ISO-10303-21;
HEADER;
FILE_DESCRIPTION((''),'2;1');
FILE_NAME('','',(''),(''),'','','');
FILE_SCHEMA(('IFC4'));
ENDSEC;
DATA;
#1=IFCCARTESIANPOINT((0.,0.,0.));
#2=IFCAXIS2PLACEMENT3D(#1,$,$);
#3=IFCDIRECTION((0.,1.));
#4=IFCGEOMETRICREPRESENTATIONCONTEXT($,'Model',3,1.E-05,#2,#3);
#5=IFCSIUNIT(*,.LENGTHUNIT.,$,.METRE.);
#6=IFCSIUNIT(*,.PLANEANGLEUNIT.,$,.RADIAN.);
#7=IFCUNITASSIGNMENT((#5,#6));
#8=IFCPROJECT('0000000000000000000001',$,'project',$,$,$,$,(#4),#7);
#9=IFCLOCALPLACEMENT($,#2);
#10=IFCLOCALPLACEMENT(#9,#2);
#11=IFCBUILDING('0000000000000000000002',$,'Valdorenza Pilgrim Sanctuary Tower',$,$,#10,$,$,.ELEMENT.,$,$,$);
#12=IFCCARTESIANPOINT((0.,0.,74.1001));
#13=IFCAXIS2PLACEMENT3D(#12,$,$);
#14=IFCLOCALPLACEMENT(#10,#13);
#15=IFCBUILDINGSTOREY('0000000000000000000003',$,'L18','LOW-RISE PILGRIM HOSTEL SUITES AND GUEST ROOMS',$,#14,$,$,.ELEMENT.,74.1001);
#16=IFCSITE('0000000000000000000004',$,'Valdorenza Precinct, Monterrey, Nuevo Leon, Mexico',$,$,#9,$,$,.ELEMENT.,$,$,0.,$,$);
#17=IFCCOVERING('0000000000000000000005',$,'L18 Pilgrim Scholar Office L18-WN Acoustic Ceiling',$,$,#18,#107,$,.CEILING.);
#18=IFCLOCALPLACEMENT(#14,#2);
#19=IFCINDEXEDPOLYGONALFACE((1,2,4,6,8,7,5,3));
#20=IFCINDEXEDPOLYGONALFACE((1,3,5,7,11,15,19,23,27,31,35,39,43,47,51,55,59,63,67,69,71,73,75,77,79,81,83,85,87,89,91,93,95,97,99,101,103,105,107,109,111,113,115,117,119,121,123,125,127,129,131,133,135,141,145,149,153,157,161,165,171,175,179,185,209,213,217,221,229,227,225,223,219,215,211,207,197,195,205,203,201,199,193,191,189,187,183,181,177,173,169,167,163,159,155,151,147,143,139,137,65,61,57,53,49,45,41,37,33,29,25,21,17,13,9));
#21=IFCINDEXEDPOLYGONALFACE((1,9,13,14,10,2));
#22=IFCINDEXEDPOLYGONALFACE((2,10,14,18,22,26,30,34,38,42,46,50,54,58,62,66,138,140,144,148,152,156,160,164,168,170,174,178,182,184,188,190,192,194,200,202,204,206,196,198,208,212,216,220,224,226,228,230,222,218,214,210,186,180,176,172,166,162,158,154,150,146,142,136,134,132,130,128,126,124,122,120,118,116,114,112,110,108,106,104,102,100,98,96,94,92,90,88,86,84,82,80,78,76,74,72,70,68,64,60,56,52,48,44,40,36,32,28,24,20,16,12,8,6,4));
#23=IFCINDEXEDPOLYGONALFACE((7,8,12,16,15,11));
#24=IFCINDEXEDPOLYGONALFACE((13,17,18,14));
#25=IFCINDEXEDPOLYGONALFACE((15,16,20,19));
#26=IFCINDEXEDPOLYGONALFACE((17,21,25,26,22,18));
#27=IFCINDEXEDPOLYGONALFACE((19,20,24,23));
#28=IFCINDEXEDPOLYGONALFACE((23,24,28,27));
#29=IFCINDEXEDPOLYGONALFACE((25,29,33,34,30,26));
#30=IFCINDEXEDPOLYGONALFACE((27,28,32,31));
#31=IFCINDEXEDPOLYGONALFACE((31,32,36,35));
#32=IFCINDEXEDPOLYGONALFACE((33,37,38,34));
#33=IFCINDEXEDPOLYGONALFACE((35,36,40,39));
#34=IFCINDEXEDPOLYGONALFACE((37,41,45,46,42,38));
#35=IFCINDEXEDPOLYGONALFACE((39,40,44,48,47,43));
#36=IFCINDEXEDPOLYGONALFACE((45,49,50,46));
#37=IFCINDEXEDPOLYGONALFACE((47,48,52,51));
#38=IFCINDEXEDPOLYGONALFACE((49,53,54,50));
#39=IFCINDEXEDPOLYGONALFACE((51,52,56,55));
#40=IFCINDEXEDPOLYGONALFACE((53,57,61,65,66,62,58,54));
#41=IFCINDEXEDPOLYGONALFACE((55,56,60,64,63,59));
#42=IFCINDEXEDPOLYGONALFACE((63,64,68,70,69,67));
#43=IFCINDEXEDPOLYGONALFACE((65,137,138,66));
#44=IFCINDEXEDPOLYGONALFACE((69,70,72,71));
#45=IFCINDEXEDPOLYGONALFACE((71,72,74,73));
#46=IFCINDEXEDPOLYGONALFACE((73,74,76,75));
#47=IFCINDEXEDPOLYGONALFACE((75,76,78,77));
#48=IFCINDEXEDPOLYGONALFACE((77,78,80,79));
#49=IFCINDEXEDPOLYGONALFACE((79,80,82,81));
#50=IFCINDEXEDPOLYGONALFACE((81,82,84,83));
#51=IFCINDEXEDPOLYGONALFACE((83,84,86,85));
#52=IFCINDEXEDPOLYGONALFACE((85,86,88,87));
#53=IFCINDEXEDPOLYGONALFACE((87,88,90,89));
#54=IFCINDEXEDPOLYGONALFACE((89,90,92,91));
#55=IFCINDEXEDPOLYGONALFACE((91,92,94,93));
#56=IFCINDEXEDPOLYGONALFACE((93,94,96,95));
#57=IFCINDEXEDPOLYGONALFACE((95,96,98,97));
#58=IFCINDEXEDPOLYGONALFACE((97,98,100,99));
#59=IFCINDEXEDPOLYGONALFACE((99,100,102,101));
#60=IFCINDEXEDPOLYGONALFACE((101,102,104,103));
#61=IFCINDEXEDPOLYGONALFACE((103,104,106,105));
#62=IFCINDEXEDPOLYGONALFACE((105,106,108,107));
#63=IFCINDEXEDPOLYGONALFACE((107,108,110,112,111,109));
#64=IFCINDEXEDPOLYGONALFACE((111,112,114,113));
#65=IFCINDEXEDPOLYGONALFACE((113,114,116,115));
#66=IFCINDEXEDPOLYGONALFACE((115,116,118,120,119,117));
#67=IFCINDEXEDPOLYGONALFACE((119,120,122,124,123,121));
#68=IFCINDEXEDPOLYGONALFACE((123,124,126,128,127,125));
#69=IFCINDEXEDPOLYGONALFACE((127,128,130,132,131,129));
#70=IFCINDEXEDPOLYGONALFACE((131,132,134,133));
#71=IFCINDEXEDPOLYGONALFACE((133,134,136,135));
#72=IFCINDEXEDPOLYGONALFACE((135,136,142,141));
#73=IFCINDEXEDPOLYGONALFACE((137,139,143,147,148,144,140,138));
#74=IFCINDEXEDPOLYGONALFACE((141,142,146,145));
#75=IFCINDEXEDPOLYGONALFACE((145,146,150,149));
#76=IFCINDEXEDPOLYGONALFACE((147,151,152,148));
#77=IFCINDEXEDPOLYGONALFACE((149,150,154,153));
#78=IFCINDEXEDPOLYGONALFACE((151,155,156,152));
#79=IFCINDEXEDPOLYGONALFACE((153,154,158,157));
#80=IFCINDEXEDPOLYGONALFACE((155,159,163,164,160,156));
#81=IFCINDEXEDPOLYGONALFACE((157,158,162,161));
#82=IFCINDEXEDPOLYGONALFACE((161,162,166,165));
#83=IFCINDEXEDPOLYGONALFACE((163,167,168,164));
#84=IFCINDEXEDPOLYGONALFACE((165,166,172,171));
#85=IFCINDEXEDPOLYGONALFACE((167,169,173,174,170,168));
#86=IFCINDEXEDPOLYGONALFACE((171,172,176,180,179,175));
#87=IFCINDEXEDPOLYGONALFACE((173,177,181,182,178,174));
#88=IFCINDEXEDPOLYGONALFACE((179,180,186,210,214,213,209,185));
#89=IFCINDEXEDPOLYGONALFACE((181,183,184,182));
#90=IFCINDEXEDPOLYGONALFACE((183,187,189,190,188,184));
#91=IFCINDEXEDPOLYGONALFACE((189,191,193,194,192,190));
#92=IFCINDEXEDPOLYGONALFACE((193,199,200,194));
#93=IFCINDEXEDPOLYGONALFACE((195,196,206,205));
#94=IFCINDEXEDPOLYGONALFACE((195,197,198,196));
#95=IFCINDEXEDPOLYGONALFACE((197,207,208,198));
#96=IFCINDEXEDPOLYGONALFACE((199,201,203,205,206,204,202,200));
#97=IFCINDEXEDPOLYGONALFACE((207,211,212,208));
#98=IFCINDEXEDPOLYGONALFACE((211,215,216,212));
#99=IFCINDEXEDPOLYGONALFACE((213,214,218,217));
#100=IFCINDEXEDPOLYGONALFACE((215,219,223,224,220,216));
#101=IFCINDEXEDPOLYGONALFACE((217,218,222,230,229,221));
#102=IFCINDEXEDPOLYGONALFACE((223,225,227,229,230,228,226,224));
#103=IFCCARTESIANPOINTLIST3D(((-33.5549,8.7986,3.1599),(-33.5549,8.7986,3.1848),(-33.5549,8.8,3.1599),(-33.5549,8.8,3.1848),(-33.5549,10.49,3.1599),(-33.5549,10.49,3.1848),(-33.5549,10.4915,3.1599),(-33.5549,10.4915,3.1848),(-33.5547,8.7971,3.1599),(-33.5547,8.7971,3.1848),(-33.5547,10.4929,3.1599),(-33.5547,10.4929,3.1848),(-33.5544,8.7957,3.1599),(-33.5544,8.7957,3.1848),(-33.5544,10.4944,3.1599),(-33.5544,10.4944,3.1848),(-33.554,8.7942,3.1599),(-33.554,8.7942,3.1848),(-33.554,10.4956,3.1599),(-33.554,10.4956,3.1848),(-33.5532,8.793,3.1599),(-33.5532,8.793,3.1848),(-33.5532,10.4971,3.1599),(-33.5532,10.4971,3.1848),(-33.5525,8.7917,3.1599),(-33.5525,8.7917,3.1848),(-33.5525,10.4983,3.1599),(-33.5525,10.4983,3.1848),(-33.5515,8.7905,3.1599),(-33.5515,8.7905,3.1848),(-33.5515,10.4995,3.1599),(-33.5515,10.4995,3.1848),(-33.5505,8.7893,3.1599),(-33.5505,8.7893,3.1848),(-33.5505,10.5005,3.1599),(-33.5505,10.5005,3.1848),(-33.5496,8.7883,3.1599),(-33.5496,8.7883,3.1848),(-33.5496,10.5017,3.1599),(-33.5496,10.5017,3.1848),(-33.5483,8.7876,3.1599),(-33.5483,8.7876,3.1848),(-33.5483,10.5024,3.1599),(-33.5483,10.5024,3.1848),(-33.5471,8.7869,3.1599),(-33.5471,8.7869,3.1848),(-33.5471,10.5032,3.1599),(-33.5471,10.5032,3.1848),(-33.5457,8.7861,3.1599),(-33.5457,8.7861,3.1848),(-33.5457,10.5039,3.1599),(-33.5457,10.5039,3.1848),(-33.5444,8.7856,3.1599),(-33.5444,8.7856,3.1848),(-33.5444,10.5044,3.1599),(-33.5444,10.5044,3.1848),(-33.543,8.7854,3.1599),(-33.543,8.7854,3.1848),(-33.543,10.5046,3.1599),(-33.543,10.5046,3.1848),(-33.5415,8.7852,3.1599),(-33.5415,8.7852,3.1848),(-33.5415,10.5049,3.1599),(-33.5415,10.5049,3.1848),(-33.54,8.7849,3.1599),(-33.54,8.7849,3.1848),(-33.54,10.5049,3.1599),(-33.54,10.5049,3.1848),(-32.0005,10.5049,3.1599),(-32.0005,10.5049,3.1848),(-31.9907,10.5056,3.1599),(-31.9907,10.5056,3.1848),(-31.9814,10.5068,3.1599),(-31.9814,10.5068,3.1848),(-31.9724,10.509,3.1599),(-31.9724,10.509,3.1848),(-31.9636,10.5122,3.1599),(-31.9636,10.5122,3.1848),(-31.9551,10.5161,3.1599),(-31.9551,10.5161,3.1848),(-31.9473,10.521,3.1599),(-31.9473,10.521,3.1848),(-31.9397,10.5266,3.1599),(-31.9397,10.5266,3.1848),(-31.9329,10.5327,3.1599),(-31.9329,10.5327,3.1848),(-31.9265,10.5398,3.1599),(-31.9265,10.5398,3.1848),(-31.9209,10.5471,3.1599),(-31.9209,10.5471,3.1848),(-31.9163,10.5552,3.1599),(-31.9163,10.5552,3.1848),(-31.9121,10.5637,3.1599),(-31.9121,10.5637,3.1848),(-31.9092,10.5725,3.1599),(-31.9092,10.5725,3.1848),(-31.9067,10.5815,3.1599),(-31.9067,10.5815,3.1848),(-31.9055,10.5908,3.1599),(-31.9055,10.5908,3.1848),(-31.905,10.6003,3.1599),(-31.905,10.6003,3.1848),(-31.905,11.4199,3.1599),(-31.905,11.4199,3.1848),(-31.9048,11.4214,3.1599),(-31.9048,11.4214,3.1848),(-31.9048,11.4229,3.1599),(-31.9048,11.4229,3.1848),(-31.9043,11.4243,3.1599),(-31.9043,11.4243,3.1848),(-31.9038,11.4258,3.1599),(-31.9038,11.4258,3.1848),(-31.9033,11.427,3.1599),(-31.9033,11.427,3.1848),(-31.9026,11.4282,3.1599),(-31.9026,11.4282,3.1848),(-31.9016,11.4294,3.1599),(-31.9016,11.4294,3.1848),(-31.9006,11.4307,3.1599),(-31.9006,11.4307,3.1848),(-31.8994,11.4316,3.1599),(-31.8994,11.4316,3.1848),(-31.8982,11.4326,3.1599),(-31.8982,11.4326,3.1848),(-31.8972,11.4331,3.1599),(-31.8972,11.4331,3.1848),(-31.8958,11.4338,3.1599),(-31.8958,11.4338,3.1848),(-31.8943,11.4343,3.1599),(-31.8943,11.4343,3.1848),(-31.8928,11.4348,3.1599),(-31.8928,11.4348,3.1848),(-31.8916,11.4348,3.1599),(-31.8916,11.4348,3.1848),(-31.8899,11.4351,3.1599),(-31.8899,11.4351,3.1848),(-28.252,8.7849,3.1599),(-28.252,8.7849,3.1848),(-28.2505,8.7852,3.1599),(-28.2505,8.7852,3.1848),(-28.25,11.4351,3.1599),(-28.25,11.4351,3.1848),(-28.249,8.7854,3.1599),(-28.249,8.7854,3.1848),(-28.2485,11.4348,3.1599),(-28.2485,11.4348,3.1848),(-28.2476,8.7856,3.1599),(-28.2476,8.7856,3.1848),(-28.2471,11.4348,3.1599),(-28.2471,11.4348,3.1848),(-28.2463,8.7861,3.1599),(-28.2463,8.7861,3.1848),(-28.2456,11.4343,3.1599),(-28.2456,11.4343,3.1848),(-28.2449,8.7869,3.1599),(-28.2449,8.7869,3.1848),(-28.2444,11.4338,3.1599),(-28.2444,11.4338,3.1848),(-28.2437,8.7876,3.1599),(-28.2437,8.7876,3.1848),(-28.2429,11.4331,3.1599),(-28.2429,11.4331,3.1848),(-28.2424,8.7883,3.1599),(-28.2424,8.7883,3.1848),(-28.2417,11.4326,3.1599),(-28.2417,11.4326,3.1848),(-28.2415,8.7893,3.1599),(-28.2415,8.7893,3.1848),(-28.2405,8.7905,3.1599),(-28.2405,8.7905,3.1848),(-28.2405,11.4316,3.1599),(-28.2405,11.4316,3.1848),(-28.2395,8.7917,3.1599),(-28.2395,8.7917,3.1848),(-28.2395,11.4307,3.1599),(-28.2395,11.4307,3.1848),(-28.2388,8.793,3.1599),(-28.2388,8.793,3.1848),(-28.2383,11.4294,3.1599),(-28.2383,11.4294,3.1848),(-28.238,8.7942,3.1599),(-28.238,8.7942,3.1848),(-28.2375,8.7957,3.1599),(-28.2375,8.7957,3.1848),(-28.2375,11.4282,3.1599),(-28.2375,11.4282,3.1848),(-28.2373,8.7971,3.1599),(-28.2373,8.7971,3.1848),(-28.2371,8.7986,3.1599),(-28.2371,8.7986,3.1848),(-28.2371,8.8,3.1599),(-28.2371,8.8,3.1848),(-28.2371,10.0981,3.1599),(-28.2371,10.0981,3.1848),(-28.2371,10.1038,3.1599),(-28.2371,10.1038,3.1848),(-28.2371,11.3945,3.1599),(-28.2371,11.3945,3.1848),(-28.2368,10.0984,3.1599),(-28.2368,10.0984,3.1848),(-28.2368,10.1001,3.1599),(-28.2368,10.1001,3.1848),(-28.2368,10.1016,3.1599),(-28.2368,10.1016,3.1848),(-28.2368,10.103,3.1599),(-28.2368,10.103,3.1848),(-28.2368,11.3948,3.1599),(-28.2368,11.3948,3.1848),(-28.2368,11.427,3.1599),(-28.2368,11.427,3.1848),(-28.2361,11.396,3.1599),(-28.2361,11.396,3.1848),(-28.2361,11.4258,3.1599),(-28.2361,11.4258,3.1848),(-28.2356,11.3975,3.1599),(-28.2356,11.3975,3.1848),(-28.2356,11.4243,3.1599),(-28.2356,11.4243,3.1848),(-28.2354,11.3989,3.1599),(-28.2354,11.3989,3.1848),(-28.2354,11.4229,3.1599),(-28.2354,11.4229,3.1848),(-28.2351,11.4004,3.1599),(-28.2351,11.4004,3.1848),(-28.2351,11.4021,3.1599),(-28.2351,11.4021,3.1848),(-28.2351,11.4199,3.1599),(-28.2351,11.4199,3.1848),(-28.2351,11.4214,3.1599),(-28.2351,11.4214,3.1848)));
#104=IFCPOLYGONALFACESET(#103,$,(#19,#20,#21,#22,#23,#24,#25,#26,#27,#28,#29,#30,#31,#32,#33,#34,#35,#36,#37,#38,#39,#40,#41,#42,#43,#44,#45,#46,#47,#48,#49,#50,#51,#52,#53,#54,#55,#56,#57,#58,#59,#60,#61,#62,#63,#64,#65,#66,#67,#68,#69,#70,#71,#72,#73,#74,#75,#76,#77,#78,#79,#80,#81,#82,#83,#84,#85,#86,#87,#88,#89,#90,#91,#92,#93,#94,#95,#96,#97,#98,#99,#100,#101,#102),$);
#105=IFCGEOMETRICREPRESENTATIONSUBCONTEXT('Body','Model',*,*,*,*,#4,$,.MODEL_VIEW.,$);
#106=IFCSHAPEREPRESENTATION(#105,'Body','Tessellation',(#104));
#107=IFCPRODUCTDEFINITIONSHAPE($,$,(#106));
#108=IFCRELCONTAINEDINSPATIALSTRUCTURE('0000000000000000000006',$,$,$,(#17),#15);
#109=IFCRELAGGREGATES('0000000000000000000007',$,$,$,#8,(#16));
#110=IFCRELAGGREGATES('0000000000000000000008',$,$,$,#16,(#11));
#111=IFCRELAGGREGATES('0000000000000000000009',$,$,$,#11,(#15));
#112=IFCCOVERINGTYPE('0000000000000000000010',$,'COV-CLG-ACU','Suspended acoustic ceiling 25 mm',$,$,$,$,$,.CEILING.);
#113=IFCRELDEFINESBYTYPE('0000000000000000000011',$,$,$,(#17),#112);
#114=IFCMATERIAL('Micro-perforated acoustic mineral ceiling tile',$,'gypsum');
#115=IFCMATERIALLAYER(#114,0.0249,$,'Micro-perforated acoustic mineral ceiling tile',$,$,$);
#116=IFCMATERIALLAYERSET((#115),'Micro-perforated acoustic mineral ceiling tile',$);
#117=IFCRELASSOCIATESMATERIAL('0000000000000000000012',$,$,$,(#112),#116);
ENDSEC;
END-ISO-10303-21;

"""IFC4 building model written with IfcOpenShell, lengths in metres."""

from ifc_helpers import new_model, si_unit, direction, frame, origin, place, context, subcontext, project, spatial, polyline, outline, extrude, material, layer, layer_set, type_object, element, save


model = new_model("IFC4")

# Units and contexts
model_context = context("Model", 3, precision=1e-05, world=origin(), true_north=direction((0.0, 1.0)))
body_context = subcontext(model_context, "Body", "Model", "MODEL_VIEW")
ifc_project = project(units=[si_unit("LENGTHUNIT", "METRE"), si_unit("PLANEANGLEUNIT", "RADIAN")], contexts=[model_context])

# Site, building, storey
site_placement = place(None, origin())
site = spatial("IfcSite", under=ifc_project, at=site_placement, Name="Valdorenza Precinct, Monterrey, Nuevo Leon, Mexico", CompositionType="ELEMENT", RefElevation=0.0)
building_placement = place(site_placement, origin())
building = spatial("IfcBuilding", under=site, at=building_placement, Name="Valdorenza Pilgrim Sanctuary Tower", CompositionType="ELEMENT")
storey_placement = place(building_placement, frame((0.0, 0.0, 74.1001)))
storey = spatial("IfcBuildingStorey", under=building, at=storey_placement, Name="L18", Description="LOW-RISE PILGRIM HOSTEL SUITES AND GUEST ROOMS", CompositionType="ELEMENT", Elevation=74.1001)

# Covering
ifc_material_1 = material(Name="Micro-perforated acoustic mineral ceiling tile", Category="gypsum")
ifc_layer_1 = layer(ifc_material_1, 0.0249, Name="Micro-perforated acoustic mineral ceiling tile")
ifc_layer_set_1 = layer_set([ifc_layer_1], Name="Micro-perforated acoustic mineral ceiling tile")
covering_type_1 = type_object("IfcCoveringType", Name="COV-CLG-ACU", Description="Suspended acoustic ceiling 25 mm", PredefinedType="CEILING", material=ifc_layer_set_1)
covering_1_placement = place(storey_placement, frame((0.0, 0.0, 3.1599)))
element("IfcCovering", 1, at=covering_1_placement, inside=storey, type_object=covering_type_1, Name="L18 Pilgrim Scholar Office L18-WN Acoustic Ceiling", PredefinedType="CEILING", context=body_context, shape_type="SweptSolid", body=[
    extrude(outline(polyline([(-28.2371, 11.3945), (-28.2371, 10.1038), (-28.2368, 10.103), (-28.2368, 10.1016), (-28.2368, 10.1001), (-28.2368, 10.0984), (-28.2371, 10.0981), (-28.2371, 8.8), (-28.2371, 8.7986), (-28.2373, 8.7971), (-28.2375, 8.7957), (-28.238, 8.7942), (-28.2388, 8.793), (-28.2395, 8.7917), (-28.2405, 8.7905), (-28.2415, 8.7893), (-28.2424, 8.7883), (-28.2437, 8.7876), (-28.2449, 8.7869), (-28.2463, 8.7861), (-28.2476, 8.7856), (-28.249, 8.7854), (-28.2505, 8.7852), (-28.252, 8.7849), (-33.54, 8.7849), (-33.5415, 8.7852), (-33.543, 8.7854), (-33.5444, 8.7856), (-33.5457, 8.7861), (-33.5471, 8.7869), (-33.5483, 8.7876), (-33.5496, 8.7883), (-33.5505, 8.7893), (-33.5515, 8.7905), (-33.5525, 8.7917), (-33.5532, 8.793), (-33.554, 8.7942), (-33.5544, 8.7957), (-33.5547, 8.7971), (-33.5549, 8.7986), (-33.5549, 8.8), (-33.5549, 10.49), (-33.5549, 10.4915), (-33.5547, 10.4929), (-33.5544, 10.4944), (-33.554, 10.4956), (-33.5532, 10.4971), (-33.5525, 10.4983), (-33.5515, 10.4995), (-33.5505, 10.5005), (-33.5496, 10.5017), (-33.5483, 10.5024), (-33.5471, 10.5032), (-33.5457, 10.5039), (-33.5444, 10.5044), (-33.543, 10.5046), (-33.5415, 10.5049), (-33.54, 10.5049), (-32.0005, 10.5049), (-31.9907, 10.5056), (-31.9814, 10.5068), (-31.9724, 10.509), (-31.9636, 10.5122), (-31.9551, 10.5161), (-31.9473, 10.521), (-31.9397, 10.5266), (-31.9329, 10.5327), (-31.9265, 10.5398), (-31.9209, 10.5471), (-31.9163, 10.5552), (-31.9121, 10.5637), (-31.9092, 10.5725), (-31.9067, 10.5815), (-31.9055, 10.5908), (-31.905, 10.6003), (-31.905, 11.4199), (-31.9048, 11.4214), (-31.9048, 11.4229), (-31.9043, 11.4243), (-31.9038, 11.4258), (-31.9033, 11.427), (-31.9026, 11.4282), (-31.9016, 11.4294), (-31.9006, 11.4307), (-31.8994, 11.4316), (-31.8982, 11.4326), (-31.8972, 11.4331), (-31.8958, 11.4338), (-31.8943, 11.4343), (-31.8928, 11.4348), (-31.8916, 11.4348), (-31.8899, 11.4351), (-28.25, 11.4351), (-28.2485, 11.4348), (-28.2471, 11.4348), (-28.2456, 11.4343), (-28.2444, 11.4338), (-28.2429, 11.4331), (-28.2417, 11.4326), (-28.2405, 11.4316), (-28.2395, 11.4307), (-28.2383, 11.4294), (-28.2375, 11.4282), (-28.2368, 11.427), (-28.2361, 11.4258), (-28.2356, 11.4243), (-28.2354, 11.4229), (-28.2351, 11.4214), (-28.2351, 11.4199), (-28.2351, 11.4021), (-28.2351, 11.4004), (-28.2354, 11.3989), (-28.2356, 11.3975), (-28.2361, 11.396), (-28.2368, 11.3948), (-28.2371, 11.3945)])), origin(), (0.0, 0.0, 1.0), 0.0249),
])

save(model, "model.ifc")
